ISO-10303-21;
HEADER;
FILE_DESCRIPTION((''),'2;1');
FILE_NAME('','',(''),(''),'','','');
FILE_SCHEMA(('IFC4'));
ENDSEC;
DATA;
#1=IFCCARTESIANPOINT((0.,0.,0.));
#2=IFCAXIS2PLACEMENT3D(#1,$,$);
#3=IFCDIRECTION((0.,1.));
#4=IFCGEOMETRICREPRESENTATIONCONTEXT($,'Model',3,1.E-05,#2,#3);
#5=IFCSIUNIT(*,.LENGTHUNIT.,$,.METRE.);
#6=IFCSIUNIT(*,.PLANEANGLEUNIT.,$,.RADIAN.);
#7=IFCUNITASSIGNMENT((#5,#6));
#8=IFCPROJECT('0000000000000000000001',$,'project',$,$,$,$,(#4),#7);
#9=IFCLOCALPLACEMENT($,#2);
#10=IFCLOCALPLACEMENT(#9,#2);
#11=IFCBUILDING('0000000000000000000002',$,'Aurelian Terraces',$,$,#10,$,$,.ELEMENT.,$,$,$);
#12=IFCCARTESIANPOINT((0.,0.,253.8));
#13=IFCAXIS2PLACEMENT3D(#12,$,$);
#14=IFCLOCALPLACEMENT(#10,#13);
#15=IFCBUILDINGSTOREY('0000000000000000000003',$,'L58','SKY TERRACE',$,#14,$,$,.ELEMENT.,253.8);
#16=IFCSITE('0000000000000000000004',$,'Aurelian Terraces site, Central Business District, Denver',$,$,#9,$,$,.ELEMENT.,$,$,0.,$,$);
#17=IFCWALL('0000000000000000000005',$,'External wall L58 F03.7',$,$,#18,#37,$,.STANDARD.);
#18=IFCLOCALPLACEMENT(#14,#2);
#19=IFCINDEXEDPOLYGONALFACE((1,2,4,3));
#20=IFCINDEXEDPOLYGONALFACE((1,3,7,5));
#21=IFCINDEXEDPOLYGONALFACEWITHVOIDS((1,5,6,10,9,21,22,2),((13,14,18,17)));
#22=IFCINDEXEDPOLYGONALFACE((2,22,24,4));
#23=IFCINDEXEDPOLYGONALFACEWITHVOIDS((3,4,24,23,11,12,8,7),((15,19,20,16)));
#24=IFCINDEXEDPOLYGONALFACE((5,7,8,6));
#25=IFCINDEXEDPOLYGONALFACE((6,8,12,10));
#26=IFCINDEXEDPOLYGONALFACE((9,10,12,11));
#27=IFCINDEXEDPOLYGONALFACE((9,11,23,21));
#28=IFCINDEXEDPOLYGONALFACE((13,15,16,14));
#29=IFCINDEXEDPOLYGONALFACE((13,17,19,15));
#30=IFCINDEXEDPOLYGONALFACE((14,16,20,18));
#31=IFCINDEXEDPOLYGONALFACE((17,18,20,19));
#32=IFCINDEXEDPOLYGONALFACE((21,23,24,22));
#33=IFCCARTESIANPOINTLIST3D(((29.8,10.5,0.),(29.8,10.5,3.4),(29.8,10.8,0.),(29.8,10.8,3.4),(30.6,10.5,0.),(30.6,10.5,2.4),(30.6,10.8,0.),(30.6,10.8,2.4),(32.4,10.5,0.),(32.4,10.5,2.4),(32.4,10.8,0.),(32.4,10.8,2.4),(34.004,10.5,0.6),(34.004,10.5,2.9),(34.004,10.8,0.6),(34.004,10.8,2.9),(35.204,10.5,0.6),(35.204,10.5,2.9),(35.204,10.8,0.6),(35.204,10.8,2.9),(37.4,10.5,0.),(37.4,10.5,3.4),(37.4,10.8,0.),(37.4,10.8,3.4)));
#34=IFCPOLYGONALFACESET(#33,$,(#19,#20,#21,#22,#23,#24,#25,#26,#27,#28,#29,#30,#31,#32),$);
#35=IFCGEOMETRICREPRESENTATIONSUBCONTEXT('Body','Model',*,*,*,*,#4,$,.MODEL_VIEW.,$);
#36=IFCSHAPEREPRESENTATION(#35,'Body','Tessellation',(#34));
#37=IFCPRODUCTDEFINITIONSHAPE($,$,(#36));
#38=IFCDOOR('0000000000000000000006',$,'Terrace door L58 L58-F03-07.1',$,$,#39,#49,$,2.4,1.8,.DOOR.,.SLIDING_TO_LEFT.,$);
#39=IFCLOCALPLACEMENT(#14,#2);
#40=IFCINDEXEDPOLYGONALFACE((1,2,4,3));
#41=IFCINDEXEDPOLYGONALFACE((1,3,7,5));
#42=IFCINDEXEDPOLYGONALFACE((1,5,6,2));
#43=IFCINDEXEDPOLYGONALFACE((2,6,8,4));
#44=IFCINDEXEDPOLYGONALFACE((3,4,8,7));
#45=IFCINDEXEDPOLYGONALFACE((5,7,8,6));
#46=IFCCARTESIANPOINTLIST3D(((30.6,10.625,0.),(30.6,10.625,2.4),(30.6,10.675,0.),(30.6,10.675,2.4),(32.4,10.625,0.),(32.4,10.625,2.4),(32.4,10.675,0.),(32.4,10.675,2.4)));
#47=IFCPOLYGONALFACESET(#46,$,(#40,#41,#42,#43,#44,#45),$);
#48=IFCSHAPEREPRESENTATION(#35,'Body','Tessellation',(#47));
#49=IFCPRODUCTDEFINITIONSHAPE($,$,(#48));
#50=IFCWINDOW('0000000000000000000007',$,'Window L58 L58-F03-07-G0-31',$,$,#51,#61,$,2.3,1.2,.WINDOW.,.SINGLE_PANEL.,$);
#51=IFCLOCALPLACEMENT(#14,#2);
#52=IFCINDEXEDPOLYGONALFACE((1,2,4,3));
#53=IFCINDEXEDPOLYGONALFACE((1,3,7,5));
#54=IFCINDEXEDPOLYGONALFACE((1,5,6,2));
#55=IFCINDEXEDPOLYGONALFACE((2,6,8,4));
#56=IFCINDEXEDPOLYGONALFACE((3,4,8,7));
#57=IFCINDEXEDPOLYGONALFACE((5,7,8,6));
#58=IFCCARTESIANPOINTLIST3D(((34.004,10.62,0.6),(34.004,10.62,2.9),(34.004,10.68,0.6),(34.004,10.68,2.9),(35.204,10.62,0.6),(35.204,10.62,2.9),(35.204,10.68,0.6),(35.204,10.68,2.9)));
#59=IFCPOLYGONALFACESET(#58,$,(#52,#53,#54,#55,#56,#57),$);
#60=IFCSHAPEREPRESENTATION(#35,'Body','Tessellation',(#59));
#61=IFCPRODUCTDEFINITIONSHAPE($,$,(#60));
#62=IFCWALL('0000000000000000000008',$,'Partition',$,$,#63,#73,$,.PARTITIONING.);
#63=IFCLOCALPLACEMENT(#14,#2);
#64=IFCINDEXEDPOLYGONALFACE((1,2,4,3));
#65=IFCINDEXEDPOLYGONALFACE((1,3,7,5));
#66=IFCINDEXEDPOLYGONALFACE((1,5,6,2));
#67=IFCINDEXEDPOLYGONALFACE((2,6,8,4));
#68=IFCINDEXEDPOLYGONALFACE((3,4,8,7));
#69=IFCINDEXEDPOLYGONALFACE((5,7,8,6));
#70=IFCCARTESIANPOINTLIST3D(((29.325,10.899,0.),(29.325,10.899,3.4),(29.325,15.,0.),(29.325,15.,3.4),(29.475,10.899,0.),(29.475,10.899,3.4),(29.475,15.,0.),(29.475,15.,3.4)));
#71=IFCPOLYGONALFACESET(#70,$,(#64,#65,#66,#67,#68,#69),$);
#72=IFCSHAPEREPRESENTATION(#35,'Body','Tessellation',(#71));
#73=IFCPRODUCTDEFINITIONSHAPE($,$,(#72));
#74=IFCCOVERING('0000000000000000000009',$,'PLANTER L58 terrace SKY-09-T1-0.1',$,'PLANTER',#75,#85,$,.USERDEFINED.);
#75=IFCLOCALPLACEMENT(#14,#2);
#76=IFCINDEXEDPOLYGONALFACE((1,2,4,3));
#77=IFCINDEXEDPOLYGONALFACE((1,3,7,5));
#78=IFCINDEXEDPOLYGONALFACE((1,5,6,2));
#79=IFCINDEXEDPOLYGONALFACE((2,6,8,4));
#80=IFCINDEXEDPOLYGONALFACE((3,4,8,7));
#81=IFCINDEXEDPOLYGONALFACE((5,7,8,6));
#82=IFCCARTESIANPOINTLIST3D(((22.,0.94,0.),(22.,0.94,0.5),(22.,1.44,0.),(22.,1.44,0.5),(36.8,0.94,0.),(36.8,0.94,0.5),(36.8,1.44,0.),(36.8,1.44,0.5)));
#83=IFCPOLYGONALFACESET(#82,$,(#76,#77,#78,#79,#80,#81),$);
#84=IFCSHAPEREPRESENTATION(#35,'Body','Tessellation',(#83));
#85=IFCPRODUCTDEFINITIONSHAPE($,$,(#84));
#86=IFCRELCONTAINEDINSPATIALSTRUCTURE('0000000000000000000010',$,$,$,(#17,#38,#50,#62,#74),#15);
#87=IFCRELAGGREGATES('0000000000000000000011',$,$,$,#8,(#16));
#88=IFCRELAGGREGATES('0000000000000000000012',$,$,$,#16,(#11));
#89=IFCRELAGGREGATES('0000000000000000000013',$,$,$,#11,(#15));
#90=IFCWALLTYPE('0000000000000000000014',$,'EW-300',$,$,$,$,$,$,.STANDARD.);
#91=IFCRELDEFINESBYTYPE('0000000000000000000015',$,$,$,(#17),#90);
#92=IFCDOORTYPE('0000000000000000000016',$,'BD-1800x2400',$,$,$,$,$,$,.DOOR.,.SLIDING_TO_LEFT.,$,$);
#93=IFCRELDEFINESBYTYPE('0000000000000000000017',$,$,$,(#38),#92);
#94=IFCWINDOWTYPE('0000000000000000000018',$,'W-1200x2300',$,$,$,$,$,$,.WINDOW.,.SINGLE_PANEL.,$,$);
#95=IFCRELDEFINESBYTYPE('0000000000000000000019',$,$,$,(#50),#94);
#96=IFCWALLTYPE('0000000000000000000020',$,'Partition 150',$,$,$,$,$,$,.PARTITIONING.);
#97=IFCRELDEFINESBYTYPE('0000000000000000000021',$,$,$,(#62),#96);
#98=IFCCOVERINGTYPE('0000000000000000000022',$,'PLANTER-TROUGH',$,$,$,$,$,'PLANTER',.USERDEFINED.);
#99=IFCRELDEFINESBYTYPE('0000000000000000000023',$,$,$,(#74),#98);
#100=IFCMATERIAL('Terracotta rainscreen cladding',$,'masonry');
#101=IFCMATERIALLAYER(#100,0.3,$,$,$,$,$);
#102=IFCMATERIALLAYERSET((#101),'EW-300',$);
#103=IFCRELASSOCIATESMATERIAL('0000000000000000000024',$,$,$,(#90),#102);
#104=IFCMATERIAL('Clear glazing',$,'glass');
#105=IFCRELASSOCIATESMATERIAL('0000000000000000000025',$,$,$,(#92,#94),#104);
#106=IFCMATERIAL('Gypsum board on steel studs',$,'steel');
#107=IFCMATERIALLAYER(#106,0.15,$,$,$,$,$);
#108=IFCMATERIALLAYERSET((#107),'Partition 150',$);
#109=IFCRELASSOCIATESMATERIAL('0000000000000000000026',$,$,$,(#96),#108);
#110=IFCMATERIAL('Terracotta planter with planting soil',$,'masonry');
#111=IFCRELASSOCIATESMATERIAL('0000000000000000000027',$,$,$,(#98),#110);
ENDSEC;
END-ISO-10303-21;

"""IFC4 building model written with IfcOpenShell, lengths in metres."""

from ifc_helpers import new_model, si_unit, direction, frame, frame_2d, origin, origin_2d, place, context, subcontext, project, spatial, rectangle, extrude, source, transform, mapped, material, layer, layer_set, type_object, element, fill, save


model = new_model("IFC4")

# Units and contexts
model_context = context("Model", 3, precision=1e-05, world=origin(), true_north=direction((0.0, 1.0)))
body_context = subcontext(model_context, "Body", "Model", "MODEL_VIEW")
ifc_project = project(units=[si_unit("LENGTHUNIT", "METRE"), si_unit("PLANEANGLEUNIT", "RADIAN")], contexts=[model_context])

# Site, building, storey
site_placement = place(None, origin())
site = spatial("IfcSite", under=ifc_project, at=site_placement, Name="Aurelian Terraces site, Central Business District, Denver", CompositionType="ELEMENT", RefElevation=0.0)
building_placement = place(site_placement, origin())
building = spatial("IfcBuilding", under=site, at=building_placement, Name="Aurelian Terraces", CompositionType="ELEMENT")
storey_placement = place(building_placement, frame((0.0, 0.0, 253.8)))
storey = spatial("IfcBuildingStorey", under=building, at=storey_placement, Name="L58", Description="SKY TERRACE", CompositionType="ELEMENT", Elevation=253.8)

# Wall, openings, door, window
ifc_material_1 = material(Name="Terracotta rainscreen cladding", Category="masonry")
ifc_layer_1 = layer(ifc_material_1, 0.3)
ifc_layer_set_1 = layer_set([ifc_layer_1], Name="EW-300")
wall_type_1 = type_object("IfcWallType", Name="EW-300", PredefinedType="STANDARD", material=ifc_layer_set_1)
shared_shape_1 = source(origin(), body_context, "Body", "SweptSolid", [
    extrude(rectangle(XDim=7.6, YDim=0.3, at=frame_2d((3.8, 0.0))), origin(), (0.0, 0.0, 1.0), 3.4),
])
wall_1_placement = place(storey_placement, frame((29.8, 10.65, 0.0), z_axis=(0.0, 0.0, 1.0), x_axis=(1.0, 0.0, 0.0)))
wall_1 = element("IfcWall", 1, at=wall_1_placement, inside=storey, type_object=wall_type_1, Name="External wall L58 F03.7", PredefinedType="STANDARD", context=body_context, shape_type="MappedRepresentation", body=[
    mapped(shared_shape_1, transform((0.0, 0.0, 0.0), scale=1.0)),
])
shared_shape_2 = source(origin(), body_context, "Body", "SweptSolid", [
    extrude(rectangle(XDim=1.8, YDim=2.4, at=frame_2d((0.9, 1.2))), frame((0.0, 0.16, 0.0), z_axis=(0.0, -1.0, 0.0), x_axis=(1.0, 0.0, 0.0)), (0.0, 0.0, 1.0), 0.32),
])
opening_1_placement = place(wall_1_placement, frame((0.8, 0.0, 0.0)))
opening_1 = element("IfcOpeningElement", 2, at=opening_1_placement, cuts=wall_1, PredefinedType="OPENING", context=body_context, shape_type="MappedRepresentation", body=[
    mapped(shared_shape_2, transform((0.0, 0.0, 0.0), scale=1.0)),
])
shared_shape_3 = source(origin(), body_context, "Body", "SweptSolid", [
    extrude(rectangle(XDim=1.2, YDim=2.3, at=frame_2d((0.6, 1.15))), frame((0.0, 0.16, 0.0), z_axis=(0.0, -1.0, 0.0), x_axis=(1.0, 0.0, 0.0)), (0.0, 0.0, 1.0), 0.32),
])
opening_2_placement = place(wall_1_placement, frame((4.204, 0.0, 0.6)))
opening_2 = element("IfcOpeningElement", 3, at=opening_2_placement, cuts=wall_1, PredefinedType="OPENING", context=body_context, shape_type="MappedRepresentation", body=[
    mapped(shared_shape_3, transform((0.0, 0.0, 0.0), scale=1.0)),
])
ifc_material_2 = material(Name="Clear glazing", Category="glass")
door_type = type_object("IfcDoorType", Name="BD-1800x2400", OperationType="SLIDING_TO_LEFT", PredefinedType="DOOR", material=ifc_material_2)
shared_shape_4 = source(origin(), body_context, "Body", "SweptSolid", [
    extrude(rectangle(XDim=1.8, YDim=2.4, at=frame_2d((0.9, 1.2))), frame((0.0, 0.025, 0.0), z_axis=(0.0, -1.0, 0.0), x_axis=(1.0, 0.0, 0.0)), (0.0, 0.0, 1.0), 0.05),
])
door_placement = place(opening_1_placement, origin())
door = element("IfcDoor", 4, at=door_placement, inside=storey, type_object=door_type, Name="Terrace door L58 L58-F03-07.1", OperationType="SLIDING_TO_LEFT", OverallHeight=2.4, OverallWidth=1.8, PredefinedType="DOOR", context=body_context, shape_type="MappedRepresentation", body=[
    mapped(shared_shape_4, transform((0.0, 0.0, 0.0), scale=1.0)),
])
fill(opening_1, door)
window_type = type_object("IfcWindowType", Name="W-1200x2300", PartitioningType="SINGLE_PANEL", PredefinedType="WINDOW", material=ifc_material_2)
shared_shape_5 = source(origin(), body_context, "Body", "SweptSolid", [
    extrude(rectangle(XDim=1.2, YDim=2.3, at=frame_2d((0.6, 1.15))), frame((0.0, 0.03, 0.0), z_axis=(0.0, -1.0, 0.0), x_axis=(1.0, 0.0, 0.0)), (0.0, 0.0, 1.0), 0.06),
])
window_placement = place(opening_2_placement, origin())
window = element("IfcWindow", 5, at=window_placement, inside=storey, type_object=window_type, Name="Window L58 L58-F03-07-G0-31", OverallHeight=2.3, OverallWidth=1.2, PartitioningType="SINGLE_PANEL", PredefinedType="WINDOW", context=body_context, shape_type="MappedRepresentation", body=[
    mapped(shared_shape_5, transform((0.0, 0.0, 0.0), scale=1.0)),
])
fill(opening_2, window)

# Wall
ifc_material_3 = material(Name="Gypsum board on steel studs", Category="steel")
ifc_layer_2 = layer(ifc_material_3, 0.15)
ifc_layer_set_2 = layer_set([ifc_layer_2], Name="Partition 150")
wall_type_2 = type_object("IfcWallType", Name="Partition 150", PredefinedType="PARTITIONING", material=ifc_layer_set_2)
shared_shape_6 = source(origin(), body_context, "Body", "SweptSolid", [
    extrude(rectangle(XDim=4.101, YDim=0.15, at=frame_2d((2.0505, 0.0))), origin(), (0.0, 0.0, 1.0), 3.4),
])
wall_2_placement = place(storey_placement, frame((29.4, 10.899, 0.0), z_axis=(0.0, 0.0, 1.0), x_axis=(0.0, 1.0, 0.0)))
element("IfcWall", 6, at=wall_2_placement, inside=storey, type_object=wall_type_2, Name="Partition", PredefinedType="PARTITIONING", context=body_context, shape_type="MappedRepresentation", body=[
    mapped(shared_shape_6, transform((0.0, 0.0, 0.0), scale=1.0)),
])

# Covering
ifc_material_4 = material(Name="Terracotta planter with planting soil", Category="masonry")
covering_type = type_object("IfcCoveringType", Name="PLANTER-TROUGH", ElementType="PLANTER", PredefinedType="USERDEFINED", material=ifc_material_4)
shared_shape_7 = source(origin(), body_context, "Body", "SweptSolid", [
    extrude(rectangle(XDim=14.8, YDim=0.5, at=origin_2d()), origin(), (0.0, 0.0, 1.0), 0.5),
])
covering_placement = place(storey_placement, frame((29.4, 1.19, 0.0), z_axis=(0.0, 0.0, 1.0), x_axis=(1.0, 0.0, 0.0)))
element("IfcCovering", 7, at=covering_placement, inside=storey, type_object=covering_type, Name="PLANTER L58 terrace SKY-09-T1-0.1", ObjectType="PLANTER", PredefinedType="USERDEFINED", context=body_context, shape_type="MappedRepresentation", body=[
    mapped(shared_shape_7, transform((0.0, 0.0, 0.0), scale=1.0)),
])

save(model, "model.ifc")
